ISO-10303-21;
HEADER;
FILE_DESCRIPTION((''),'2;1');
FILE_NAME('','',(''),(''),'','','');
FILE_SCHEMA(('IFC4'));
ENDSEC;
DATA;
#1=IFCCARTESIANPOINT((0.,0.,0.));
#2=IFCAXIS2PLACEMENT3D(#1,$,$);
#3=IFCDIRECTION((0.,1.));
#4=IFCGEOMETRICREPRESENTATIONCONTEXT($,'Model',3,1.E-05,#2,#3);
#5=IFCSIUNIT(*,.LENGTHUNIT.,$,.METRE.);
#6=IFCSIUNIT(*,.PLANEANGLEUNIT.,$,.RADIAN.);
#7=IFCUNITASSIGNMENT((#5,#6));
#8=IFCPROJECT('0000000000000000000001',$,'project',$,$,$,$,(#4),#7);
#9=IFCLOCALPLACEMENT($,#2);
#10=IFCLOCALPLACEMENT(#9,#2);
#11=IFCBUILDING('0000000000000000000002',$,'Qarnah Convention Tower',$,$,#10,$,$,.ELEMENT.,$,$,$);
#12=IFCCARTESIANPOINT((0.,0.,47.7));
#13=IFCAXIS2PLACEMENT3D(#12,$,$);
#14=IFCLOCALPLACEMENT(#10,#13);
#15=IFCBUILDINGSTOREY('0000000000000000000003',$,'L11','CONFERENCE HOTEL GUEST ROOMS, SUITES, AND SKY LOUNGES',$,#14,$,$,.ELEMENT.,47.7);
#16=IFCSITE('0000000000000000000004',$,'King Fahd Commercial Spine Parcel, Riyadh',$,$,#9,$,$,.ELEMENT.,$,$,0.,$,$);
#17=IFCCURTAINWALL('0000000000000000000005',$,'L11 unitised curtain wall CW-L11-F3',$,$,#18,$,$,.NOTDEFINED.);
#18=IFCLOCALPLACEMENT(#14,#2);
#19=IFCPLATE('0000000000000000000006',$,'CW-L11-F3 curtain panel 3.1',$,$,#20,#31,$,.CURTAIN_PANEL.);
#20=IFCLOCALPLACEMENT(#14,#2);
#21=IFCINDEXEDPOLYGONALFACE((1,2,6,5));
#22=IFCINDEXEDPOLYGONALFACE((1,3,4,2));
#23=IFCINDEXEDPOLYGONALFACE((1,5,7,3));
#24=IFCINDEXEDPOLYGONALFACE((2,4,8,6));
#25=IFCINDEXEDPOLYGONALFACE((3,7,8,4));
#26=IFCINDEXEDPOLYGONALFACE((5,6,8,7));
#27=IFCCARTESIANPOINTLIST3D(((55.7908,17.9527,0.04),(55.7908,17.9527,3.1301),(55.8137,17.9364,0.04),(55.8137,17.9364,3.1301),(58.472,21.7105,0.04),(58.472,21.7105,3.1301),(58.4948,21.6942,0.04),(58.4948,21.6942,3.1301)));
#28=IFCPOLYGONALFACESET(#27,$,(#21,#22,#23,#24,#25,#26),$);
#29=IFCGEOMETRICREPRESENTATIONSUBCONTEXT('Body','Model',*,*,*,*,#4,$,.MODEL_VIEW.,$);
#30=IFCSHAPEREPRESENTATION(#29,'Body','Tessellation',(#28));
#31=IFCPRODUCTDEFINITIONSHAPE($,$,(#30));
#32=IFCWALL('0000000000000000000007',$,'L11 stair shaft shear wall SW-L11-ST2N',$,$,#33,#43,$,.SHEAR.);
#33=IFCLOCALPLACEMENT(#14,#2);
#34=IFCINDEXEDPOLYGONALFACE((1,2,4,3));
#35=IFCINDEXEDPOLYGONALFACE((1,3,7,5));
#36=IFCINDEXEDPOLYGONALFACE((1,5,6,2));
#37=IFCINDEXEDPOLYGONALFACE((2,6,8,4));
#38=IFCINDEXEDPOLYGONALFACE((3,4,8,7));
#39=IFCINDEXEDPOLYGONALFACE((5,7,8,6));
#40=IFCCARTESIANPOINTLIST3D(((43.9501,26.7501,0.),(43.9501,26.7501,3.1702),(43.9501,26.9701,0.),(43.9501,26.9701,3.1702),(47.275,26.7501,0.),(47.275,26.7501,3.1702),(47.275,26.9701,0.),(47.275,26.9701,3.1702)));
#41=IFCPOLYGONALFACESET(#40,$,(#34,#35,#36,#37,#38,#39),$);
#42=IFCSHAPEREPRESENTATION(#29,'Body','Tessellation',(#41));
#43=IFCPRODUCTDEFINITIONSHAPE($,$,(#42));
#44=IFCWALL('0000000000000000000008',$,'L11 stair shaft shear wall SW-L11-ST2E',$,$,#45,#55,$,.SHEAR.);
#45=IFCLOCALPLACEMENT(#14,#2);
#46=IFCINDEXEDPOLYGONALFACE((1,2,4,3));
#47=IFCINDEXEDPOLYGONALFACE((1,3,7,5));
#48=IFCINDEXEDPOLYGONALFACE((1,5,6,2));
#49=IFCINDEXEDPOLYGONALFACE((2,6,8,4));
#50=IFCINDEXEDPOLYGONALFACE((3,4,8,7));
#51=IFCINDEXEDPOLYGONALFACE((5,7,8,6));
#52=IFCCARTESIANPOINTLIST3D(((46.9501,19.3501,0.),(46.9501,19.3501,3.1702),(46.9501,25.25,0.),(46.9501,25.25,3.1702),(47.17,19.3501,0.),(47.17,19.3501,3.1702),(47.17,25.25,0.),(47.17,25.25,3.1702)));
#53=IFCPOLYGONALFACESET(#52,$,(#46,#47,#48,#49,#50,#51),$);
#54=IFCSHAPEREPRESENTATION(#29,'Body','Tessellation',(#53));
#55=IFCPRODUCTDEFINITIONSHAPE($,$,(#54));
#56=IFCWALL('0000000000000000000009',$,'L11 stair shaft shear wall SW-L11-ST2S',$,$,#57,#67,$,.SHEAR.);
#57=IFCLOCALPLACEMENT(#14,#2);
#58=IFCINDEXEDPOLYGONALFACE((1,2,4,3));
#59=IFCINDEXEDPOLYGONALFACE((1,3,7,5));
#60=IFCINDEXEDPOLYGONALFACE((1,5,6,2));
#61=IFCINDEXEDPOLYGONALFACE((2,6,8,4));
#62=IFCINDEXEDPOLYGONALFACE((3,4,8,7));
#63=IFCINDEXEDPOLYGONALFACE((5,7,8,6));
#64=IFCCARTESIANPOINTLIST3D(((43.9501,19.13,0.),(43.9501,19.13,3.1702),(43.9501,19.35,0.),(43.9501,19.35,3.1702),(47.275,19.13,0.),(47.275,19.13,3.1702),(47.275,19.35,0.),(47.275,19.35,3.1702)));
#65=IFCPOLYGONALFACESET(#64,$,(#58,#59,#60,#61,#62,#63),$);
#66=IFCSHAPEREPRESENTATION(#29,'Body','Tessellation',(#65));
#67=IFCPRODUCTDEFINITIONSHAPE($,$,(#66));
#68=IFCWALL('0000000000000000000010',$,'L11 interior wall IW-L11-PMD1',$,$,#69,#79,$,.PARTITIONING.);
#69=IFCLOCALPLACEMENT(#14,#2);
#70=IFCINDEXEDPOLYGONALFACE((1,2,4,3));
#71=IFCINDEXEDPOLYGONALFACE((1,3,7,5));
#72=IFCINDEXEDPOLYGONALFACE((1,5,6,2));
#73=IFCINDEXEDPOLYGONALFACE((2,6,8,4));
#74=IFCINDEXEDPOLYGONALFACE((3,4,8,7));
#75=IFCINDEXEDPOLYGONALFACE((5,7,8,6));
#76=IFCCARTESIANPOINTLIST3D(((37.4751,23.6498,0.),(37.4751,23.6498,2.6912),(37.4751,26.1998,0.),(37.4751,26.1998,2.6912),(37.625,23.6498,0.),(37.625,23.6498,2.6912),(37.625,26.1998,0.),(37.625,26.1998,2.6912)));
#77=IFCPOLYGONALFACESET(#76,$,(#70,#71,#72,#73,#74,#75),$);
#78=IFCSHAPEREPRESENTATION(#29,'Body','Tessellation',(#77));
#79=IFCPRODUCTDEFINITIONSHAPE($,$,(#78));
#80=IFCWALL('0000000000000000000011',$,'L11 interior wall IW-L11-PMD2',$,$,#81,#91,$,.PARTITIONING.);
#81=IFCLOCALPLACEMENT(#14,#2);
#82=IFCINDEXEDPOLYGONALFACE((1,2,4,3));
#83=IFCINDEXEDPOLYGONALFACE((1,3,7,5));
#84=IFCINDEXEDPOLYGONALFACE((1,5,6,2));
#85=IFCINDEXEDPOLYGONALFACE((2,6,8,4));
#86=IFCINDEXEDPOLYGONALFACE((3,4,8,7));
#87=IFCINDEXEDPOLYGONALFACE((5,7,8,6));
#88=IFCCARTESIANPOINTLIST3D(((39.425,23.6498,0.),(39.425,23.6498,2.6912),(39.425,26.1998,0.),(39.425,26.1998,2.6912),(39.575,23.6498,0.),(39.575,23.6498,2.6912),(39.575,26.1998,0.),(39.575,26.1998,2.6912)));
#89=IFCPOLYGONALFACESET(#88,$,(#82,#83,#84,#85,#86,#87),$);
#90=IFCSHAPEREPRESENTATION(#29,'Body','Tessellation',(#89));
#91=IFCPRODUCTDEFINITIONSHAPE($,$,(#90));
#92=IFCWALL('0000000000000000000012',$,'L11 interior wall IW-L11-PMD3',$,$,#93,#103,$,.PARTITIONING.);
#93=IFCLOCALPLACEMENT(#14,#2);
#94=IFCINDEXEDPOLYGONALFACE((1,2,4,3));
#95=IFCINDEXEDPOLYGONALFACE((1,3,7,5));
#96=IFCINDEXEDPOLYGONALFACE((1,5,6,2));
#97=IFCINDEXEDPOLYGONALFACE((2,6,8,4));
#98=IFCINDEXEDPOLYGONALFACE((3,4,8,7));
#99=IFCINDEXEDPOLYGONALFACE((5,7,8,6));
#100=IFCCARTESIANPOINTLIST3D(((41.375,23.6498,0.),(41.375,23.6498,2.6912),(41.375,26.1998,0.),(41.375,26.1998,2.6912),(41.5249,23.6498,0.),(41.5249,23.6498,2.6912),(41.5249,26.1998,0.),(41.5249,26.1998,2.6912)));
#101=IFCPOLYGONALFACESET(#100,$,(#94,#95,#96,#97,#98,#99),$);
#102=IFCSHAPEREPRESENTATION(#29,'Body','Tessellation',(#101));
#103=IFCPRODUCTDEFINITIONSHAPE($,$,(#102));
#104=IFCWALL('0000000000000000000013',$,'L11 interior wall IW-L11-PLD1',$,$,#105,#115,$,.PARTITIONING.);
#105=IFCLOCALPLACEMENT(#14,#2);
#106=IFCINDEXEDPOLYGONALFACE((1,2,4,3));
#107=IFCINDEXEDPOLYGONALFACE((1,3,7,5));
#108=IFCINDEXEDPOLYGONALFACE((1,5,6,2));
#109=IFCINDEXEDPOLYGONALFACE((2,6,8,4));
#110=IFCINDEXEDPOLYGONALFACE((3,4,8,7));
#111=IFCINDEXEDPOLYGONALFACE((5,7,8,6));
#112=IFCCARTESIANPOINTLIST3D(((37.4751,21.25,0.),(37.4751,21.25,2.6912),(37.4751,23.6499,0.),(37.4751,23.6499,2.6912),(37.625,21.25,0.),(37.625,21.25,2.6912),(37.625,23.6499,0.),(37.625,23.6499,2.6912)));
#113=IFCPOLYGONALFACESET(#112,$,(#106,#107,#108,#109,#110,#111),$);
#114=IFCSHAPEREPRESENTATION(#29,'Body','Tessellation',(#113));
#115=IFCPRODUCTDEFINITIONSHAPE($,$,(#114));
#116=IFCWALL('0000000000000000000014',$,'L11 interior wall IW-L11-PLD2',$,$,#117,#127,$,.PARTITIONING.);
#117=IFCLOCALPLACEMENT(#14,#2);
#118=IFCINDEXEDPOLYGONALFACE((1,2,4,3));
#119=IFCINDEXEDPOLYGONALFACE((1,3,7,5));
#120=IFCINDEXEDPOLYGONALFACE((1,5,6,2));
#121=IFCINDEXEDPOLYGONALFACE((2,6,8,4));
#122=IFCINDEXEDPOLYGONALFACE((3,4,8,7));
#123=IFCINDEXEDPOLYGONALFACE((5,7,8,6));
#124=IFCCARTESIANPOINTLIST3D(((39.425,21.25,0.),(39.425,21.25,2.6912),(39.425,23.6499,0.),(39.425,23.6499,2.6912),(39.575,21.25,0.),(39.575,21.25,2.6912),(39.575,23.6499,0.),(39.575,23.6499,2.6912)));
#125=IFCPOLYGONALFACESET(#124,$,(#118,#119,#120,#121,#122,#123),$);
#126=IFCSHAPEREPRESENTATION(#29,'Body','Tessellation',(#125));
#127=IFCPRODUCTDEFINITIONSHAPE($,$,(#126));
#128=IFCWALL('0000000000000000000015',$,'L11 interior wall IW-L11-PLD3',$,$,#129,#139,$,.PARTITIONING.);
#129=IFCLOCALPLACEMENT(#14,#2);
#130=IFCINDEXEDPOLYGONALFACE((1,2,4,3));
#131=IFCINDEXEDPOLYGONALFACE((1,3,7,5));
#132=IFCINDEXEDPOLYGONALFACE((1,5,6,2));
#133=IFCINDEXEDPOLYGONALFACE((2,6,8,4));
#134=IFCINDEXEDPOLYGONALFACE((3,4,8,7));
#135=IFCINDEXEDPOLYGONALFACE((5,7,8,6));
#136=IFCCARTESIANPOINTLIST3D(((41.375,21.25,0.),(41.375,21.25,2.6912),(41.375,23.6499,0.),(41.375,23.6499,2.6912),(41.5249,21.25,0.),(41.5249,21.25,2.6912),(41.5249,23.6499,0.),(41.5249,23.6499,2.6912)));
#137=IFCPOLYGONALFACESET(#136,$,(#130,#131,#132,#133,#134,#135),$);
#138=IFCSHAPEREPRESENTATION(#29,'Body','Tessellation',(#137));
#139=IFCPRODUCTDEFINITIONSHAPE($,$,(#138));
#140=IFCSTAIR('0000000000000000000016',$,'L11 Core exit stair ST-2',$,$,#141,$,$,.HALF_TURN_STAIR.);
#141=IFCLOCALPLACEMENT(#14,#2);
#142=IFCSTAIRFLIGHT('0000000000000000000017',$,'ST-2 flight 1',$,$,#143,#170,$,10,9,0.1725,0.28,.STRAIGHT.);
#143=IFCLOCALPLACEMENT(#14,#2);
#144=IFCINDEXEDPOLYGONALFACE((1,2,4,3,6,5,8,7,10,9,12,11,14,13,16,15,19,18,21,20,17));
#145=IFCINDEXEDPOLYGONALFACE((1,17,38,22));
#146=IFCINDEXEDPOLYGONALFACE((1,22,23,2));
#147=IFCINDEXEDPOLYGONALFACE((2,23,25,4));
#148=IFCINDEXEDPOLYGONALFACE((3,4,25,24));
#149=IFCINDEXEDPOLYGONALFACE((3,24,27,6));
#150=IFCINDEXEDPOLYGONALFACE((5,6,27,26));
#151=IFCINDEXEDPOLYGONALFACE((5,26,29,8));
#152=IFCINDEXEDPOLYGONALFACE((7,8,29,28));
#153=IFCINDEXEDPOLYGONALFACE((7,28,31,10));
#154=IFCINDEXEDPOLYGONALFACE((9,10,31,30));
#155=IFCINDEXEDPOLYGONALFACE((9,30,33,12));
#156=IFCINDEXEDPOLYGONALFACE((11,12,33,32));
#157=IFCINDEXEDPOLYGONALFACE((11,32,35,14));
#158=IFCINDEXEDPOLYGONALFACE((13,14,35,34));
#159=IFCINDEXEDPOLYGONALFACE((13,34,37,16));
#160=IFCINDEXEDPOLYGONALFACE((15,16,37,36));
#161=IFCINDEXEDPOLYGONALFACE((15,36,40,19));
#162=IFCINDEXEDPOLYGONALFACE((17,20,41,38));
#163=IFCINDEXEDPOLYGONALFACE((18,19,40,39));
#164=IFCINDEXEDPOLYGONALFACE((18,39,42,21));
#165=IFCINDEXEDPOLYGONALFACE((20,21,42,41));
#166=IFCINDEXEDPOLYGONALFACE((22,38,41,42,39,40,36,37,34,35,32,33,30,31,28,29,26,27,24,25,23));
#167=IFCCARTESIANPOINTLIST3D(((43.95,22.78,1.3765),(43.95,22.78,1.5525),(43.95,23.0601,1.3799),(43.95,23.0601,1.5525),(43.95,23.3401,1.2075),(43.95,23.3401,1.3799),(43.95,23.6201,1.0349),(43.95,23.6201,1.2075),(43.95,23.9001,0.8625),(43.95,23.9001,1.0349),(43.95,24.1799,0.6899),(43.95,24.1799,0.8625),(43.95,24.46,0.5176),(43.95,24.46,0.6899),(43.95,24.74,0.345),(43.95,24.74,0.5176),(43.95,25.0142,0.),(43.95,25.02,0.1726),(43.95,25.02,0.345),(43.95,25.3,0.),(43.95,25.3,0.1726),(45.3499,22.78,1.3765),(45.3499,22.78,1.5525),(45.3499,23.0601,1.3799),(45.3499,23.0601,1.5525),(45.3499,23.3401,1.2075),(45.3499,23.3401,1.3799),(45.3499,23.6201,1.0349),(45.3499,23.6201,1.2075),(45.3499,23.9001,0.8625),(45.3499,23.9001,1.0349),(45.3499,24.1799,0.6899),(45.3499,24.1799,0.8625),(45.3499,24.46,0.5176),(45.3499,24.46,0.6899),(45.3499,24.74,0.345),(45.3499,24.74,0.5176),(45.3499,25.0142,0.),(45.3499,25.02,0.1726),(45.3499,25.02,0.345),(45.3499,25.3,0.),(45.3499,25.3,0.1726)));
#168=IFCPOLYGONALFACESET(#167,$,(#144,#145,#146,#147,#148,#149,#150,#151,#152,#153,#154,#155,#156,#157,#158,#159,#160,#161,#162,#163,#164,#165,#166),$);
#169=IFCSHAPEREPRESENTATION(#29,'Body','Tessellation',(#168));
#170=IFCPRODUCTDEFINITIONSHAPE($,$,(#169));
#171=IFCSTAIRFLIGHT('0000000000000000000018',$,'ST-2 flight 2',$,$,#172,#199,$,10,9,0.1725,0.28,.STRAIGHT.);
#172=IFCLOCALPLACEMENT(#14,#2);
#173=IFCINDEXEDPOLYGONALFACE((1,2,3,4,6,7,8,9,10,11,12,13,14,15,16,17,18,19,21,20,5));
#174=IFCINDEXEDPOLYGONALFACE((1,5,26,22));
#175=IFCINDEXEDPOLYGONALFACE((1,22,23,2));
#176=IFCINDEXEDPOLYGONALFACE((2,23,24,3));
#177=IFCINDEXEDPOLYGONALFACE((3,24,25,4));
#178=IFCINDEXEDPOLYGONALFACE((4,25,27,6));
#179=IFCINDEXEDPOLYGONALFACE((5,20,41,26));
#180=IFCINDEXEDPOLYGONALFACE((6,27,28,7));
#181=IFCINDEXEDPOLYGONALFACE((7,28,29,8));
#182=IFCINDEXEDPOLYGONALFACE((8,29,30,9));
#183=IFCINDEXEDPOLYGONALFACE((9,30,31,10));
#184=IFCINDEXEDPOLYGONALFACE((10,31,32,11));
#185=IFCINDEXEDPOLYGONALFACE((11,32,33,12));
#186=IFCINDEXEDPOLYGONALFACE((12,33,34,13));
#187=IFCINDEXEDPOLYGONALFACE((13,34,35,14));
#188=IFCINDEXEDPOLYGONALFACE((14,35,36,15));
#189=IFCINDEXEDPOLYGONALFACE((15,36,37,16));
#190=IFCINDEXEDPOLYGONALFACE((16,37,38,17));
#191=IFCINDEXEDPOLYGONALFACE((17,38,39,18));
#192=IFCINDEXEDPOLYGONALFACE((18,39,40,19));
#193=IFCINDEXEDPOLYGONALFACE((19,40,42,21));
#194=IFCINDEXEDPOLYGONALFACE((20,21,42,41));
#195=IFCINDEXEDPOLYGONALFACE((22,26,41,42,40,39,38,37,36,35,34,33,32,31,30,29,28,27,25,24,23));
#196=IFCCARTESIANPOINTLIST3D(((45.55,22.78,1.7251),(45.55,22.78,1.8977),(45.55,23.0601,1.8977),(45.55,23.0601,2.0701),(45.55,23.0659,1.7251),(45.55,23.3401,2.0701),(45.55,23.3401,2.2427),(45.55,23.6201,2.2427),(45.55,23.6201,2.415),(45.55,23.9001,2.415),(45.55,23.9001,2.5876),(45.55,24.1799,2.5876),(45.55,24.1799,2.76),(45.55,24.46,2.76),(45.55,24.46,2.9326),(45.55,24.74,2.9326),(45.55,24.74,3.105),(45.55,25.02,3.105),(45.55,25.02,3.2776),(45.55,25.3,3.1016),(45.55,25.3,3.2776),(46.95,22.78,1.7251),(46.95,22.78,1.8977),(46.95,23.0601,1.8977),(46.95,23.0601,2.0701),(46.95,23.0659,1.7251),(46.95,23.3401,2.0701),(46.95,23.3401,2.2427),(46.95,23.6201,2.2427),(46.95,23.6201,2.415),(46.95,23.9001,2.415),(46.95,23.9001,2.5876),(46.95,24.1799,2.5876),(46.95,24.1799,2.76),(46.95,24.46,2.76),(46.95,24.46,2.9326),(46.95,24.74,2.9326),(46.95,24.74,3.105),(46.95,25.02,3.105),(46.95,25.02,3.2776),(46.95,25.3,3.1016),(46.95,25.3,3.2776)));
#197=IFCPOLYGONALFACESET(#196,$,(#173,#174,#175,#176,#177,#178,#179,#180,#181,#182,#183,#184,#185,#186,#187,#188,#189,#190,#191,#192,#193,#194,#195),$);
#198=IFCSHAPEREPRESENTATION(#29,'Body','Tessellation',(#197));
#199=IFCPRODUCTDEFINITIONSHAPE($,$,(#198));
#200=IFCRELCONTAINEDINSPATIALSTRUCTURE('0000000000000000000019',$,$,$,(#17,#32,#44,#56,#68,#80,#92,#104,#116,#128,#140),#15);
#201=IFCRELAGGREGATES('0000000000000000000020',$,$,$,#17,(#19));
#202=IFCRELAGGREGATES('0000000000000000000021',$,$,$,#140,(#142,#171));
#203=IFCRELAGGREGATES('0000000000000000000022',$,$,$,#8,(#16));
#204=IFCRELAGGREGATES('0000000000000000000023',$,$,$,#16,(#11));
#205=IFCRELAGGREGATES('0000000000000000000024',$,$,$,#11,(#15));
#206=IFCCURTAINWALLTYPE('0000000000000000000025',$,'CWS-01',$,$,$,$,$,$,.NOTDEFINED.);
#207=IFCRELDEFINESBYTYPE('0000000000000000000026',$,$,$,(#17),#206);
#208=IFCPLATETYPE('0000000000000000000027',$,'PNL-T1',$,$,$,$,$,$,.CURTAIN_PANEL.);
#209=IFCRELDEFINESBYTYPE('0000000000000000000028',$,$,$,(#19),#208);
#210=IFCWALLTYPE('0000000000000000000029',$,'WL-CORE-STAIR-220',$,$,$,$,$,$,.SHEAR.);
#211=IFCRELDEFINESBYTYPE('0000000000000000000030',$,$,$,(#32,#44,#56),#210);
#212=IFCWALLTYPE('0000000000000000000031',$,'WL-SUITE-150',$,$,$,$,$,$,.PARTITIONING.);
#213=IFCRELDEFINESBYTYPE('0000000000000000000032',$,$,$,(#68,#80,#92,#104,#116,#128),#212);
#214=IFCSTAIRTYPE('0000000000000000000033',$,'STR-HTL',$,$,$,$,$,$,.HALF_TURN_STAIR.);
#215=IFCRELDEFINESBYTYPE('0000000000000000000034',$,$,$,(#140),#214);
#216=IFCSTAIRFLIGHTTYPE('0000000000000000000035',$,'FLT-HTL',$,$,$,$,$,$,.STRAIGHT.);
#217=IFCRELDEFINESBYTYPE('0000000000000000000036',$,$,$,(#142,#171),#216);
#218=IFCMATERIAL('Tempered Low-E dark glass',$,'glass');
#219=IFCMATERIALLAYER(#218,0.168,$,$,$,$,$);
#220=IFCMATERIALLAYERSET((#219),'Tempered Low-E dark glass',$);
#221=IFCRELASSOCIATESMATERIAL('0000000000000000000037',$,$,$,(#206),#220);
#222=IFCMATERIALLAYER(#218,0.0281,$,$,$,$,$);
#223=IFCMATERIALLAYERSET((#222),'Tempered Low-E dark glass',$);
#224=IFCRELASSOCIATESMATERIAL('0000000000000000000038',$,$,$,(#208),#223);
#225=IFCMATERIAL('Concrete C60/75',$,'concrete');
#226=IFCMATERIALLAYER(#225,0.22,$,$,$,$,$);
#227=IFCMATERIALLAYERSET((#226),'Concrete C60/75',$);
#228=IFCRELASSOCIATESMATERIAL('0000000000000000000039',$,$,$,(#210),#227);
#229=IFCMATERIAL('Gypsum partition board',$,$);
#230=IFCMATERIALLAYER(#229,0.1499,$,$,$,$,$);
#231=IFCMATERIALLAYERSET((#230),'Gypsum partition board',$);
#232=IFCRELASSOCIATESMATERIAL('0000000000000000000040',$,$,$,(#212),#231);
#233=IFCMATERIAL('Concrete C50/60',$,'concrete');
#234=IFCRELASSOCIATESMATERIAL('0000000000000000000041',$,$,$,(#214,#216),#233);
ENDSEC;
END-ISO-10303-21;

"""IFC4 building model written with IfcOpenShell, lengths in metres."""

from ifc_helpers import new_model, si_unit, direction, frame, frame_2d, origin, origin_2d, place, context, subcontext, project, spatial, polyline, rectangle, outline, extrude, material, layer, layer_set, type_object, element, aggregate, save


model = new_model("IFC4")

# Units and contexts
model_context = context("Model", 3, precision=1e-05, world=origin(), true_north=direction((0.0, 1.0)))
body_context = subcontext(model_context, "Body", "Model", "MODEL_VIEW")
ifc_project = project(units=[si_unit("LENGTHUNIT", "METRE"), si_unit("PLANEANGLEUNIT", "RADIAN")], contexts=[model_context])

# Site, building, storey
site_placement = place(None, origin())
site = spatial("IfcSite", under=ifc_project, at=site_placement, Name="King Fahd Commercial Spine Parcel, Riyadh", CompositionType="ELEMENT", RefElevation=0.0)
building_placement = place(site_placement, origin())
building = spatial("IfcBuilding", under=site, at=building_placement, Name="Qarnah Convention Tower", CompositionType="ELEMENT")
storey_placement = place(building_placement, frame((0.0, 0.0, 47.7)))
storey = spatial("IfcBuildingStorey", under=building, at=storey_placement, Name="L11", Description="CONFERENCE HOTEL GUEST ROOMS, SUITES, AND SKY LOUNGES", CompositionType="ELEMENT", Elevation=47.7)

# Shared definitions
ifc_material_1 = material(Name="Concrete C60/75", Category="concrete")

# Curtain wall, plate
ifc_material_2 = material(Name="Tempered Low-E dark glass", Category="glass")
ifc_layer_1 = layer(ifc_material_2, 0.168)
ifc_layer_set_1 = layer_set([ifc_layer_1], Name="Tempered Low-E dark glass")
curtain_wall_type = type_object("IfcCurtainWallType", Name="CWS-01", PredefinedType="NOTDEFINED", material=ifc_layer_set_1)
curtain_wall_placement = place(storey_placement, origin())
curtain_wall = element("IfcCurtainWall", 1, at=curtain_wall_placement, inside=storey, type_object=curtain_wall_type, Name="L11 unitised curtain wall CW-L11-F3", PredefinedType="NOTDEFINED")
ifc_layer_2 = layer(ifc_material_2, 0.0281)
ifc_layer_set_2 = layer_set([ifc_layer_2], Name="Tempered Low-E dark glass")
plate_type = type_object("IfcPlateType", Name="PNL-T1", PredefinedType="CURTAIN_PANEL", material=ifc_layer_set_2)
plate_1_placement = place(storey_placement, frame((57.1428, 19.8235, 0.04), z_axis=(0.0, 0.0, 1.0), x_axis=(-0.580808, -0.81404, 0.0)))
plate_1 = element("IfcPlate", 2, at=plate_1_placement, type_object=plate_type, Name="CW-L11-F3 curtain panel 3.1", PredefinedType="CURTAIN_PANEL", context=body_context, shape_type="SweptSolid", body=[
    extrude(rectangle(XDim=4.6162, YDim=0.0281, at=origin_2d()), origin(), (0.0, 0.0, 1.0), 3.0901),
])
aggregate(curtain_wall, [plate_1])

# Walls
ifc_layer_3 = layer(ifc_material_1, 0.22)
ifc_layer_set_3 = layer_set([ifc_layer_3], Name="Concrete C60/75")
wall_type_1 = type_object("IfcWallType", Name="WL-CORE-STAIR-220", PredefinedType="SHEAR", material=ifc_layer_set_3)
wall_1_placement = place(storey_placement, frame((43.95, 26.8601, 0.0), z_axis=(0.0, 0.0, 1.0), x_axis=(1.0, 0.0, 0.0)))
element("IfcWall", 3, at=wall_1_placement, inside=storey, type_object=wall_type_1, Name="L11 stair shaft shear wall SW-L11-ST2N", PredefinedType="SHEAR", context=body_context, shape_type="SweptSolid", body=[
    extrude(rectangle(XDim=3.325, YDim=0.22, at=frame_2d((1.6626, 0.0))), origin(), (0.0, 0.0, 1.0), 3.1702),
])
wall_2_placement = place(storey_placement, frame((47.0601, 19.3501, 0.0), z_axis=(0.0, 0.0, 1.0), x_axis=(0.0, 1.0, 0.0)))
element("IfcWall", 4, at=wall_2_placement, inside=storey, type_object=wall_type_1, Name="L11 stair shaft shear wall SW-L11-ST2E", PredefinedType="SHEAR", context=body_context, shape_type="SweptSolid", body=[
    extrude(rectangle(XDim=5.8999, YDim=0.22, at=frame_2d((2.95, 0.0))), origin(), (0.0, 0.0, 1.0), 3.1702),
])
wall_3_placement = place(storey_placement, frame((43.95, 19.24, 0.0), z_axis=(0.0, 0.0, 1.0), x_axis=(1.0, 0.0, 0.0)))
element("IfcWall", 5, at=wall_3_placement, inside=storey, type_object=wall_type_1, Name="L11 stair shaft shear wall SW-L11-ST2S", PredefinedType="SHEAR", context=body_context, shape_type="SweptSolid", body=[
    extrude(rectangle(XDim=3.325, YDim=0.22, at=frame_2d((1.6626, 0.0))), origin(), (0.0, 0.0, 1.0), 3.1702),
])
ifc_material_3 = material(Name="Gypsum partition board")
ifc_layer_4 = layer(ifc_material_3, 0.1499)
ifc_layer_set_4 = layer_set([ifc_layer_4], Name="Gypsum partition board")
wall_type_2 = type_object("IfcWallType", Name="WL-SUITE-150", PredefinedType="PARTITIONING", material=ifc_layer_set_4)
for number, where, z_axis, x_axis, name in (
    (6, (37.55, 23.6499, 0.0), (0.0, 0.0, 1.0), (0.0, 1.0, 0.0), "L11 interior wall IW-L11-PMD1"),
    (7, (39.5, 23.6499, 0.0), (0.0, 0.0, 1.0), (0.0, 1.0, 0.0), "L11 interior wall IW-L11-PMD2"),
    (8, (41.45, 23.6499, 0.0), (0.0, 0.0, 1.0), (0.0, 1.0, 0.0), "L11 interior wall IW-L11-PMD3"),
):
    element("IfcWall", number, at=place(storey_placement, frame(where, z_axis=z_axis, x_axis=x_axis)), inside=storey, type_object=wall_type_2, Name=name, PredefinedType="PARTITIONING", context=body_context, shape_type="SweptSolid", body=[
        extrude(rectangle(XDim=2.55, YDim=0.1499, at=frame_2d((1.2749, 0.0))), origin(), (0.0, 0.0, 1.0), 2.6912),
    ])
for number, where, z_axis, x_axis, name in (
    (9, (37.55, 21.25, 0.0), (0.0, 0.0, 1.0), (0.0, 1.0, 0.0), "L11 interior wall IW-L11-PLD1"),
    (10, (39.5, 21.25, 0.0), (0.0, 0.0, 1.0), (0.0, 1.0, 0.0), "L11 interior wall IW-L11-PLD2"),
    (11, (41.45, 21.25, 0.0), (0.0, 0.0, 1.0), (0.0, 1.0, 0.0), "L11 interior wall IW-L11-PLD3"),
):
    element("IfcWall", number, at=place(storey_placement, frame(where, z_axis=z_axis, x_axis=x_axis)), inside=storey, type_object=wall_type_2, Name=name, PredefinedType="PARTITIONING", context=body_context, shape_type="SweptSolid", body=[
        extrude(rectangle(XDim=2.3999, YDim=0.1499, at=frame_2d((1.2, 0.0))), origin(), (0.0, 0.0, 1.0), 2.6912),
    ])

# Stair, stair flights
ifc_material_4 = material(Name="Concrete C50/60", Category="concrete")
stair_type = type_object("IfcStairType", Name="STR-HTL", PredefinedType="HALF_TURN_STAIR", material=ifc_material_4)
stair_placement = place(storey_placement, origin())
stair = element("IfcStair", 12, at=stair_placement, inside=storey, type_object=stair_type, Name="L11 Core exit stair ST-2", PredefinedType="HALF_TURN_STAIR")
stair_flight_type = type_object("IfcStairFlightType", Name="FLT-HTL", PredefinedType="STRAIGHT", material=ifc_material_4)
stair_flight_1_placement = place(storey_placement, frame((44.6499, 25.3, 0.0), z_axis=(0.0, 0.0, 1.0), x_axis=(0.0, -1.0, 0.0)))
stair_flight_1 = element("IfcStairFlight", 13, at=stair_flight_1_placement, type_object=stair_flight_type, Name="ST-2 flight 1", NumberOfRisers=10, NumberOfTreads=9, PredefinedType="STRAIGHT", RiserHeight=0.1725, TreadLength=0.28, context=body_context, shape_type="SweptSolid", body=[
    extrude(outline(polyline([(0.0, 0.0), (0.0, 0.1726), (0.28, 0.1726), (0.28, 0.345), (0.5601, 0.345), (0.5601, 0.5176), (0.8401, 0.5176), (0.8401, 0.6899), (1.1201, 0.6899), (1.1201, 0.8625), (1.3999, 0.8625), (1.3999, 1.0349), (1.6799, 1.0349), (1.6799, 1.2075), (1.96, 1.2075), (1.96, 1.3799), (2.24, 1.3799), (2.24, 1.5525), (2.52, 1.5525), (2.52, 1.7251), (2.52, 1.3765), (0.2859, 0.0), (0.0, 0.0)])), frame((0.0, 0.7, 0.0), z_axis=(0.0, -1.0, 0.0), x_axis=(1.0, 0.0, 0.0)), (0.0, 0.0, 1.0), 1.3999),
])
stair_flight_2_placement = place(storey_placement, frame((46.25, 22.78, 1.7251), z_axis=(0.0, 0.0, 1.0), x_axis=(0.0, 1.0, 0.0)))
stair_flight_2 = element("IfcStairFlight", 14, at=stair_flight_2_placement, type_object=stair_flight_type, Name="ST-2 flight 2", NumberOfRisers=10, NumberOfTreads=9, PredefinedType="STRAIGHT", RiserHeight=0.1725, TreadLength=0.28, context=body_context, shape_type="SweptSolid", body=[
    extrude(outline(polyline([(0.0, 0.0), (0.0, 0.1726), (0.28, 0.1726), (0.28, 0.345), (0.5601, 0.345), (0.5601, 0.5176), (0.8401, 0.5176), (0.8401, 0.6899), (1.1201, 0.6899), (1.1201, 0.8625), (1.3999, 0.8625), (1.3999, 1.0349), (1.6799, 1.0349), (1.6799, 1.2075), (1.96, 1.2075), (1.96, 1.3799), (2.24, 1.3799), (2.24, 1.5525), (2.52, 1.5525), (2.52, 1.7251), (2.52, 1.3765), (0.2859, 0.0), (0.0, 0.0)])), frame((0.0, 0.7, 0.0), z_axis=(0.0, -1.0, 0.0), x_axis=(1.0, 0.0, 0.0)), (0.0, 0.0, 1.0), 1.3999),
])
aggregate(stair, [stair_flight_1, stair_flight_2])

save(model, "model.ifc")
